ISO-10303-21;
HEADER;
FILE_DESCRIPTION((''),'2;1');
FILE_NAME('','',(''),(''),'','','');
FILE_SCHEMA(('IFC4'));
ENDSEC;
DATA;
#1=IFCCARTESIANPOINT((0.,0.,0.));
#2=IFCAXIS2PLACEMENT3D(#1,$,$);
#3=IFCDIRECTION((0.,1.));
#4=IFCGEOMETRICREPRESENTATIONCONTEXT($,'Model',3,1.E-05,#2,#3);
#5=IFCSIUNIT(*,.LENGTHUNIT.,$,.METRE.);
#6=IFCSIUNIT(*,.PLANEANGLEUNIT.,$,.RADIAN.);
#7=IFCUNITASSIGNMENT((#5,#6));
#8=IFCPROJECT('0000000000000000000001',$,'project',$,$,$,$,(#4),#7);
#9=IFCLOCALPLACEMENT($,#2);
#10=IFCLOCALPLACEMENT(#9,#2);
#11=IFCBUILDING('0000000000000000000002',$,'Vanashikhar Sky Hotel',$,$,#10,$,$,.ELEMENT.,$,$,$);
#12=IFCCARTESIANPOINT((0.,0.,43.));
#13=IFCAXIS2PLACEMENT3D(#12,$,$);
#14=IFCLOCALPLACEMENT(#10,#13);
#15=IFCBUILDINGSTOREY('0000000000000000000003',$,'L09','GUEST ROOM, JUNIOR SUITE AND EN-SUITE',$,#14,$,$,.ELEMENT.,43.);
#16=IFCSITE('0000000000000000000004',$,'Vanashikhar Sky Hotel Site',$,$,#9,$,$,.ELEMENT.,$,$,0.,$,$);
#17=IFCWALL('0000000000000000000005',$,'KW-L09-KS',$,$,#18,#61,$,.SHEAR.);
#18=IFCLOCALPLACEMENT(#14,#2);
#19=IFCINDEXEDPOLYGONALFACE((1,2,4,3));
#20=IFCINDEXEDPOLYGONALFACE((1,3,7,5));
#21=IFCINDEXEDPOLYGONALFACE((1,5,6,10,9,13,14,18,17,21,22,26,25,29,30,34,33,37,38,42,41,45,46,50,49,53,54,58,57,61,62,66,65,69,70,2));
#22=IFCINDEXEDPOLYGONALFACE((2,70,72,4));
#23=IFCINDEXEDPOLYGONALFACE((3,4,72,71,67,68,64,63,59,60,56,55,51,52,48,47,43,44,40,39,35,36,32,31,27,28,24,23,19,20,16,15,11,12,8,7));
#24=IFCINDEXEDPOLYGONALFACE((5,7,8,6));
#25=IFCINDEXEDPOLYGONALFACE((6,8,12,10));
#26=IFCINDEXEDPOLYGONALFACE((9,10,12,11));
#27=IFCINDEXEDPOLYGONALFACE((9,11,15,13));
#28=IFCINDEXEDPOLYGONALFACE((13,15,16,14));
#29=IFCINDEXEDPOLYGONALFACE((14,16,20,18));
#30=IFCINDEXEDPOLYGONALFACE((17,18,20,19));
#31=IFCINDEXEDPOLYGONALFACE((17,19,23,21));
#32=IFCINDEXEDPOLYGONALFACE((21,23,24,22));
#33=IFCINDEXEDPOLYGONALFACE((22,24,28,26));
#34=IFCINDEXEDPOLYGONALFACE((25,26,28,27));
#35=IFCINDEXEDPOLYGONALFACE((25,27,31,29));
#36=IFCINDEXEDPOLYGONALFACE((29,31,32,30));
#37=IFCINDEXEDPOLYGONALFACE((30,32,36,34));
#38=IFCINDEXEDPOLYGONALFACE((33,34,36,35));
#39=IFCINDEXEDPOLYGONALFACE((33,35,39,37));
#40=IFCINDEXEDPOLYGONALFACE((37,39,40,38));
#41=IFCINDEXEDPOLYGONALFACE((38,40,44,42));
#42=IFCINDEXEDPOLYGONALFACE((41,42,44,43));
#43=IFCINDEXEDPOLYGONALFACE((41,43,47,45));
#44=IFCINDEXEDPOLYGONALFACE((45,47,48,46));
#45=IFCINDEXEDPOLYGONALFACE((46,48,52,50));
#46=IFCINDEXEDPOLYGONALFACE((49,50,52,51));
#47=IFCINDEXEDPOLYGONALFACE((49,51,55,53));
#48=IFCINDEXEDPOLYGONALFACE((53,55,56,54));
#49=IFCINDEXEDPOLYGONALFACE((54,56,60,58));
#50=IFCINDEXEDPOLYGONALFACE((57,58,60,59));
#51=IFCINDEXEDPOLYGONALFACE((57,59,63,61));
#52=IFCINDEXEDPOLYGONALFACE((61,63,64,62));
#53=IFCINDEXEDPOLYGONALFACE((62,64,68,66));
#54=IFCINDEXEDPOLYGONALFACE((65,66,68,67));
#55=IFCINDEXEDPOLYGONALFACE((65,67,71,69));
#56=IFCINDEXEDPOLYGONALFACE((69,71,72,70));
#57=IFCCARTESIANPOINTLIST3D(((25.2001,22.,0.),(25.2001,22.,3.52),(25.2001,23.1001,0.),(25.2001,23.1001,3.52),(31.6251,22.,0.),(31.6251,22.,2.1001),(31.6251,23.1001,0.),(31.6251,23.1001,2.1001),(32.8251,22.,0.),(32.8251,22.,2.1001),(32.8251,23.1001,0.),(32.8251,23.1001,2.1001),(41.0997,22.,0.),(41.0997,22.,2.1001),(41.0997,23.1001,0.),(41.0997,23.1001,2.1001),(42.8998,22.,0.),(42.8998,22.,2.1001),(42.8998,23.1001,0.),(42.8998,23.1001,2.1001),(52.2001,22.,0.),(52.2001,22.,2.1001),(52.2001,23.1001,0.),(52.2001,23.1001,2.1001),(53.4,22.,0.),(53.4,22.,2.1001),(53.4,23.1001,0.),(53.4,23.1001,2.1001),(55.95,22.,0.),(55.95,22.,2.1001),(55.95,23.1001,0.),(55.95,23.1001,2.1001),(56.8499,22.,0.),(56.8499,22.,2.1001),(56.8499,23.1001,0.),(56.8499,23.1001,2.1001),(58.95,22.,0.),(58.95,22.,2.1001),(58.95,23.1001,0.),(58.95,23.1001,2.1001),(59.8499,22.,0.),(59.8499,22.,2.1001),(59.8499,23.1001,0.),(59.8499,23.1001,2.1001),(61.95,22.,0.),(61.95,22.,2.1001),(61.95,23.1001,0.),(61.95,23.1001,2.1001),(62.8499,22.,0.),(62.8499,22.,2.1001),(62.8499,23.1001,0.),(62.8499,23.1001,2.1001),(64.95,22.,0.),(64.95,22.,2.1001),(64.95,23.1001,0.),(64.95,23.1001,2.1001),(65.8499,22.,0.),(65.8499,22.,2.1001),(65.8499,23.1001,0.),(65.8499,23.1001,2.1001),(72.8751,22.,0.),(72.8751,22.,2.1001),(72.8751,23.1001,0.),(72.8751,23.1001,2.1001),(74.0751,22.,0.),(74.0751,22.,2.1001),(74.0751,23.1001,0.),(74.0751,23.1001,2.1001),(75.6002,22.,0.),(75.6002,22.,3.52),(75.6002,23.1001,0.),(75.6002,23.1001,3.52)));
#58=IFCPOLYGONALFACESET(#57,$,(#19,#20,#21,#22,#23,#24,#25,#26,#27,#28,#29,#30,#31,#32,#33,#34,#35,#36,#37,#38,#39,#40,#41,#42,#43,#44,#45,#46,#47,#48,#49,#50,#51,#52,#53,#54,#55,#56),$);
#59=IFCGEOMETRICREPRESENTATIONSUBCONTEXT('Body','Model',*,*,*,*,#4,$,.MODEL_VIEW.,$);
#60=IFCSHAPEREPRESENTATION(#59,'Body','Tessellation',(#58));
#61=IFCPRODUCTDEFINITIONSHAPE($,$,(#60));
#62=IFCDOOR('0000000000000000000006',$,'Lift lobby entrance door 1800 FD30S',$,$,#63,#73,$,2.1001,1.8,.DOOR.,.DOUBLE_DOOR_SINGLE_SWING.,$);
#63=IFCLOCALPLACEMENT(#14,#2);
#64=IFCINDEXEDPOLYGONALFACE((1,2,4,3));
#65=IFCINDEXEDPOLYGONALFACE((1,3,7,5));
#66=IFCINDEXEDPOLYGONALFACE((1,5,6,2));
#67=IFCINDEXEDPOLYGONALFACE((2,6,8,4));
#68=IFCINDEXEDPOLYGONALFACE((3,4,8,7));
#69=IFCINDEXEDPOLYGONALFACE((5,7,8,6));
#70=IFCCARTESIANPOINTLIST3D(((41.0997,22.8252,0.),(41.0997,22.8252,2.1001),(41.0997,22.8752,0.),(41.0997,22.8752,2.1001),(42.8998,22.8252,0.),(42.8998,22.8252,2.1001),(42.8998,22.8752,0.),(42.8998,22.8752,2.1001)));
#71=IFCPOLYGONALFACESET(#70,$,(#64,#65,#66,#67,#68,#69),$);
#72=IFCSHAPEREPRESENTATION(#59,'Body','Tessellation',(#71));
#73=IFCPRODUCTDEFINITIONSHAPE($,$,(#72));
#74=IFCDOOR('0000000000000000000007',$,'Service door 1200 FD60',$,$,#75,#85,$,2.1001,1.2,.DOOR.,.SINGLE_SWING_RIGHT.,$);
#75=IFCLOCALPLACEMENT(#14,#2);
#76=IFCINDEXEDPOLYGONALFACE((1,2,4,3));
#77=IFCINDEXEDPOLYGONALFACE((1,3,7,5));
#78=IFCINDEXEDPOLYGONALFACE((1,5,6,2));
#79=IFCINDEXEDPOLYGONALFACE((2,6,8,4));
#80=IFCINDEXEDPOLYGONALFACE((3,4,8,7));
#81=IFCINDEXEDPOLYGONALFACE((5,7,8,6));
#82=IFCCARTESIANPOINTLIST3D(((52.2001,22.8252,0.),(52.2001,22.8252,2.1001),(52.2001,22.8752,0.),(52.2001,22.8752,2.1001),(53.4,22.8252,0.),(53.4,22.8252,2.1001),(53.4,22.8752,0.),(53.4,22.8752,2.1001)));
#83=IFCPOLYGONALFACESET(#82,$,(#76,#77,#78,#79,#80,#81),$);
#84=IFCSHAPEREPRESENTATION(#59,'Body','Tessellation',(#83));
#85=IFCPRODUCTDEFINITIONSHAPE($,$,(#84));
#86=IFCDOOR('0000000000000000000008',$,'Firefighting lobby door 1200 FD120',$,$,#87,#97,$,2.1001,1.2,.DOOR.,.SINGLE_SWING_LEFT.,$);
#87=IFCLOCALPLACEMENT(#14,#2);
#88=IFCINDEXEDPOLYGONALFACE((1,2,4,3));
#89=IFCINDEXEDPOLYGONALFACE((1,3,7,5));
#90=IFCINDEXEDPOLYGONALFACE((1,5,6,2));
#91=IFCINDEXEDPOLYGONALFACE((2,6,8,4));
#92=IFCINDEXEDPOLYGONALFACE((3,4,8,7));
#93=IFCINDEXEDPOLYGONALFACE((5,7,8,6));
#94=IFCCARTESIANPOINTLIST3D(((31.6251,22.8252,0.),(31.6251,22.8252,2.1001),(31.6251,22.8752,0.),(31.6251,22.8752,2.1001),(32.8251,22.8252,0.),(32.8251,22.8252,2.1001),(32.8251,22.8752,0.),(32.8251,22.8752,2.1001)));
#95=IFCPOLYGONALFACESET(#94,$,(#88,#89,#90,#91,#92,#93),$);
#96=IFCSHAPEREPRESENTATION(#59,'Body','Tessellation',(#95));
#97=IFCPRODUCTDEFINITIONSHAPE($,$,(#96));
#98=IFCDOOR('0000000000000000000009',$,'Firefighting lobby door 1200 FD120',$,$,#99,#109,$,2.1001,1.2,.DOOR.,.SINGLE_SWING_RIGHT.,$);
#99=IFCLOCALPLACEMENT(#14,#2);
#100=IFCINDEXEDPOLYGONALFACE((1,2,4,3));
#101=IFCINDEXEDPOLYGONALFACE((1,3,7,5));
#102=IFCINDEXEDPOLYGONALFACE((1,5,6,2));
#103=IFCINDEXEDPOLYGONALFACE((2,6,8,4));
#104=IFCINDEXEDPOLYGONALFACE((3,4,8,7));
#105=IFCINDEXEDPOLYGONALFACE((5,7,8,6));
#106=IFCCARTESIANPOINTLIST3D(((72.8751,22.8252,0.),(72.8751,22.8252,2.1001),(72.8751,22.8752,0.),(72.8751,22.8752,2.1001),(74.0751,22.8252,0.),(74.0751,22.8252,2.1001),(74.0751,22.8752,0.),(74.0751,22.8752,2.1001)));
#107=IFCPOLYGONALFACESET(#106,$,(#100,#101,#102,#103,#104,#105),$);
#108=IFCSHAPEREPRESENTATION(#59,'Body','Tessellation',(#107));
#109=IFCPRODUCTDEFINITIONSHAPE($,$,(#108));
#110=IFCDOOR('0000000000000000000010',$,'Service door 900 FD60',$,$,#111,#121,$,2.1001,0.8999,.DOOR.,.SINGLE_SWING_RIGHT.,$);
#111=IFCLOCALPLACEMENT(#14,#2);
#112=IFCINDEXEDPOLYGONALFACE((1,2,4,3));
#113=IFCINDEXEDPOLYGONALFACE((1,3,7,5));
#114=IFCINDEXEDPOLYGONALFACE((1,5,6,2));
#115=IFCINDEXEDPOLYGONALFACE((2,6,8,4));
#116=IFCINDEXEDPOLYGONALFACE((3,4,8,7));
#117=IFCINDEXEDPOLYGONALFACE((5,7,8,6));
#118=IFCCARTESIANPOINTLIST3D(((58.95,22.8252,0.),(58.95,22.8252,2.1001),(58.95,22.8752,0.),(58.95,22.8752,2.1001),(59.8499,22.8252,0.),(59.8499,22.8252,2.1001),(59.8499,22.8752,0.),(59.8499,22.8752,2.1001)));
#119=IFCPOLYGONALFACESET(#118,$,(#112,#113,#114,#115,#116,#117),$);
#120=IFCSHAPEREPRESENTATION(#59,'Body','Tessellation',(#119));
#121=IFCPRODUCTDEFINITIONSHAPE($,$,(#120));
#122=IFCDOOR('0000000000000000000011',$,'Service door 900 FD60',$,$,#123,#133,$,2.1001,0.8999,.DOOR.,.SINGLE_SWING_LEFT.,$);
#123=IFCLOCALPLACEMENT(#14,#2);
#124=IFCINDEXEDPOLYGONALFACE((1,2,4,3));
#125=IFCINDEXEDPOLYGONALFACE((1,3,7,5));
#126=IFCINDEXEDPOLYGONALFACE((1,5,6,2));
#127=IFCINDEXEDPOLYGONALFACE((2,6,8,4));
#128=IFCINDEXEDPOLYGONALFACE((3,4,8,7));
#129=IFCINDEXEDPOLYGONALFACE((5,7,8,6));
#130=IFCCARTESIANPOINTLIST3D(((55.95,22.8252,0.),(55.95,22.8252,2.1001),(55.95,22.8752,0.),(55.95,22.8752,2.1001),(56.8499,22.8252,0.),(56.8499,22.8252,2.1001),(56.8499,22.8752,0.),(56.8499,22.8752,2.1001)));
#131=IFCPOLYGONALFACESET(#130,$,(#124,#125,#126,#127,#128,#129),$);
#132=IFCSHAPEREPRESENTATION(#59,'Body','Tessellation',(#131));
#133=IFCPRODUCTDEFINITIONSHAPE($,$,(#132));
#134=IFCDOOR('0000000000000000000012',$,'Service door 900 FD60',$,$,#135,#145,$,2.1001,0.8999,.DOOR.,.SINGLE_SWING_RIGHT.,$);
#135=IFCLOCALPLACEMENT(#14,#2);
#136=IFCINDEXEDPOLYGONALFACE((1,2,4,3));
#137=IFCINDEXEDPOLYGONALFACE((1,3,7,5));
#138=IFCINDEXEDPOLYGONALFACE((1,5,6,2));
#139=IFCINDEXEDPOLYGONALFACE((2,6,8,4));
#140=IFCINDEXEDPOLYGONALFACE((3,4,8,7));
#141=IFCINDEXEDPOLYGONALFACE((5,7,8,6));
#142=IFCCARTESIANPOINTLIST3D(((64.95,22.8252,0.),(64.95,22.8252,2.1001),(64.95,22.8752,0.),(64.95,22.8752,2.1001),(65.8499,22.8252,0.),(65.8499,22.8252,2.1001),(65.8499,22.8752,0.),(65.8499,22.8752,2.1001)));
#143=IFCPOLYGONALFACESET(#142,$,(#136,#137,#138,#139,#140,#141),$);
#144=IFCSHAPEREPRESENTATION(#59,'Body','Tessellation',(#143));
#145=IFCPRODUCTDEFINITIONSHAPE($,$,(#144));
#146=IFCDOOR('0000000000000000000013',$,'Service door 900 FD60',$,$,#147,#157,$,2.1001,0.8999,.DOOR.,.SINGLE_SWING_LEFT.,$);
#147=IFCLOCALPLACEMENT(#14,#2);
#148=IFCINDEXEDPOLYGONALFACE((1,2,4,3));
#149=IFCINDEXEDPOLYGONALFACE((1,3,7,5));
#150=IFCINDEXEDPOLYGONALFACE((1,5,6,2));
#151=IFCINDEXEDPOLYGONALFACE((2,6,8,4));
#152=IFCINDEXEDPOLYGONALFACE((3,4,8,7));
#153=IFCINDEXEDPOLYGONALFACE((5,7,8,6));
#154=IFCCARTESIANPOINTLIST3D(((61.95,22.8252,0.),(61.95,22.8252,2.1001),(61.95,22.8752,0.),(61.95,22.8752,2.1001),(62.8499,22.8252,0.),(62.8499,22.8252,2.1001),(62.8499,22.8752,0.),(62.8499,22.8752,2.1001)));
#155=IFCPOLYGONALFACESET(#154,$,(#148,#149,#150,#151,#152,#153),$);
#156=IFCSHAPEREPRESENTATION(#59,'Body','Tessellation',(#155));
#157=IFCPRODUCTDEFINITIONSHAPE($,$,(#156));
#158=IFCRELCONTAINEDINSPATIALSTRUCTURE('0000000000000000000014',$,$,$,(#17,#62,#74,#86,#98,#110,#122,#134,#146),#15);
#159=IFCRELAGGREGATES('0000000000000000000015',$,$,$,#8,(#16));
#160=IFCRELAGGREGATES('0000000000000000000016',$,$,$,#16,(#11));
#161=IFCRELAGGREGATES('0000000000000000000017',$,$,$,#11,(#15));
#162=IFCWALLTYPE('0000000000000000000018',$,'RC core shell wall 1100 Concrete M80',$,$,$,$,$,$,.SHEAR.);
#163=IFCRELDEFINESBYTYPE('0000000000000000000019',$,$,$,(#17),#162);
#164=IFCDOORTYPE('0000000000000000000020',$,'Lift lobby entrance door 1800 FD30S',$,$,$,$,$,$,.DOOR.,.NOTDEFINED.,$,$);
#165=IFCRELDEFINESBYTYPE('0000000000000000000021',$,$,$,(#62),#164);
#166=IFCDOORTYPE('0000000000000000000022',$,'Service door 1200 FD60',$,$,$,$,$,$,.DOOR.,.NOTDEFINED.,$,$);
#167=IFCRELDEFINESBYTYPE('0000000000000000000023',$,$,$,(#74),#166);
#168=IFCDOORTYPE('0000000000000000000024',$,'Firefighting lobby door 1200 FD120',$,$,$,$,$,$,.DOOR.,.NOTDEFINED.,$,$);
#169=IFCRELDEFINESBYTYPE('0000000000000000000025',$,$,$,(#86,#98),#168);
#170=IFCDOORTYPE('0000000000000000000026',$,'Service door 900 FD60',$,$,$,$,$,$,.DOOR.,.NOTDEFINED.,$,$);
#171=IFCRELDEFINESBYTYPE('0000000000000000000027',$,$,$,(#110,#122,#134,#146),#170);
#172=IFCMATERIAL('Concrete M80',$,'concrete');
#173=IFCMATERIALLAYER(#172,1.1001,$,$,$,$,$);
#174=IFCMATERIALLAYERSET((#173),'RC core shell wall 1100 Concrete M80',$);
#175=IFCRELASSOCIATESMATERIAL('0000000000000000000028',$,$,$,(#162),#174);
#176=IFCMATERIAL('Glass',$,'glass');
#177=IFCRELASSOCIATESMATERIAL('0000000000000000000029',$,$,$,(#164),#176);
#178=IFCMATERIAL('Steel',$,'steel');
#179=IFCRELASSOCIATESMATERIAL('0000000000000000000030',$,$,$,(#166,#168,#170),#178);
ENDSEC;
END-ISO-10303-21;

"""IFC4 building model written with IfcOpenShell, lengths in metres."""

from ifc_helpers import new_model, si_unit, direction, frame, frame_2d, origin, place, context, subcontext, project, spatial, rectangle, extrude, source, transform, mapped, material, layer, layer_set, type_object, element, fill, save


model = new_model("IFC4")

# Units and contexts
model_context = context("Model", 3, precision=1e-05, world=origin(), true_north=direction((0.0, 1.0)))
body_context = subcontext(model_context, "Body", "Model", "MODEL_VIEW")
ifc_project = project(units=[si_unit("LENGTHUNIT", "METRE"), si_unit("PLANEANGLEUNIT", "RADIAN")], contexts=[model_context])

# Site, building, storey
site_placement = place(None, origin())
site = spatial("IfcSite", under=ifc_project, at=site_placement, Name="Vanashikhar Sky Hotel Site", CompositionType="ELEMENT", RefElevation=0.0)
building_placement = place(site_placement, origin())
building = spatial("IfcBuilding", under=site, at=building_placement, Name="Vanashikhar Sky Hotel", CompositionType="ELEMENT")
storey_placement = place(building_placement, frame((0.0, 0.0, 43.0)))
storey = spatial("IfcBuildingStorey", under=building, at=storey_placement, Name="L09", Description="GUEST ROOM, JUNIOR SUITE AND EN-SUITE", CompositionType="ELEMENT", Elevation=43.0)

# Wall, openings, doors
ifc_material_1 = material(Name="Concrete M80", Category="concrete")
ifc_layer_1 = layer(ifc_material_1, 1.1001)
ifc_layer_set_1 = layer_set([ifc_layer_1], Name="RC core shell wall 1100 Concrete M80")
wall_type_1 = type_object("IfcWallType", Name="RC core shell wall 1100 Concrete M80", PredefinedType="SHEAR", material=ifc_layer_set_1)
shared_shape_1 = source(origin(), body_context, "Body", "SweptSolid", [
    extrude(rectangle(XDim=50.4001, YDim=1.1001, at=frame_2d((25.2002, 0.0))), origin(), (0.0, 0.0, 1.0), 3.52),
])
wall_1_placement = place(storey_placement, frame((25.2, 22.55, 0.0), z_axis=(0.0, 0.0, 1.0), x_axis=(1.0, 0.0, 0.0)))
wall_1 = element("IfcWall", 1, at=wall_1_placement, inside=storey, type_object=wall_type_1, Name="KW-L09-KS", PredefinedType="SHEAR", context=body_context, shape_type="MappedRepresentation", body=[
    mapped(shared_shape_1, transform((0.0, 0.0, 0.0), scale=1.0)),
])
shared_shape_2 = source(origin(), body_context, "Body", "SweptSolid", [
    extrude(rectangle(XDim=1.8, YDim=2.1001, at=frame_2d((0.8999, 1.05))), frame((0.0, 0.5601, 0.0), z_axis=(0.0, -1.0, 0.0), x_axis=(1.0, 0.0, 0.0)), (0.0, 0.0, 1.0), 1.1201),
])
opening_1_placement = place(wall_1_placement, frame((15.8999, 0.0, 0.0)))
opening_1 = element("IfcOpeningElement", 2, at=opening_1_placement, cuts=wall_1, PredefinedType="OPENING", context=body_context, shape_type="MappedRepresentation", body=[
    mapped(shared_shape_2, transform((0.0, 0.0, 0.0), scale=1.0)),
])
shared_shape_3 = source(origin(), body_context, "Body", "SweptSolid", [
    extrude(rectangle(XDim=1.2, YDim=2.1001, at=frame_2d((0.6001, 1.05))), frame((0.0, 0.5601, 0.0), z_axis=(0.0, -1.0, 0.0), x_axis=(1.0, 0.0, 0.0)), (0.0, 0.0, 1.0), 1.1201),
])
opening_2_placement = place(wall_1_placement, frame((27.0, 0.0, 0.0)))
opening_2 = element("IfcOpeningElement", 3, at=opening_2_placement, cuts=wall_1, PredefinedType="OPENING", context=body_context, shape_type="MappedRepresentation", body=[
    mapped(shared_shape_3, transform((0.0, 0.0, 0.0), scale=1.0)),
])
shared_shape_4 = source(origin(), body_context, "Body", "SweptSolid", [
    extrude(rectangle(XDim=0.8999, YDim=2.1001, at=frame_2d((0.45, 1.05))), frame((0.0, 0.5601, 0.0), z_axis=(0.0, -1.0, 0.0), x_axis=(1.0, 0.0, 0.0)), (0.0, 0.0, 1.0), 1.1201),
])
opening_3_placement = place(wall_1_placement, frame((33.75, 0.0, 0.0)))
opening_3 = element("IfcOpeningElement", 4, at=opening_3_placement, cuts=wall_1, PredefinedType="OPENING", context=body_context, shape_type="MappedRepresentation", body=[
    mapped(shared_shape_4, transform((0.0, 0.0, 0.0), scale=1.0)),
])
opening_4_placement = place(wall_1_placement, frame((30.75, 0.0, 0.0)))
opening_4 = element("IfcOpeningElement", 5, at=opening_4_placement, cuts=wall_1, PredefinedType="OPENING", context=body_context, shape_type="MappedRepresentation", body=[
    mapped(shared_shape_4, transform((0.0, 0.0, 0.0), scale=1.0)),
])
opening_5_placement = place(wall_1_placement, frame((39.75, 0.0, 0.0)))
opening_5 = element("IfcOpeningElement", 6, at=opening_5_placement, cuts=wall_1, PredefinedType="OPENING", context=body_context, shape_type="MappedRepresentation", body=[
    mapped(shared_shape_4, transform((0.0, 0.0, 0.0), scale=1.0)),
])
opening_6_placement = place(wall_1_placement, frame((36.75, 0.0, 0.0)))
opening_6 = element("IfcOpeningElement", 7, at=opening_6_placement, cuts=wall_1, PredefinedType="OPENING", context=body_context, shape_type="MappedRepresentation", body=[
    mapped(shared_shape_4, transform((0.0, 0.0, 0.0), scale=1.0)),
])
opening_7_placement = place(wall_1_placement, frame((6.425, 0.0, 0.0)))
opening_7 = element("IfcOpeningElement", 8, at=opening_7_placement, cuts=wall_1, PredefinedType="OPENING", context=body_context, shape_type="MappedRepresentation", body=[
    mapped(shared_shape_3, transform((0.0, 0.0, 0.0), scale=1.0)),
])
opening_8_placement = place(wall_1_placement, frame((47.675, 0.0, 0.0)))
opening_8 = element("IfcOpeningElement", 9, at=opening_8_placement, cuts=wall_1, PredefinedType="OPENING", context=body_context, shape_type="MappedRepresentation", body=[
    mapped(shared_shape_3, transform((0.0, 0.0, 0.0), scale=1.0)),
])
ifc_material_2 = material(Name="Glass", Category="glass")
door_type_1 = type_object("IfcDoorType", Name="Lift lobby entrance door 1800 FD30S", OperationType="NOTDEFINED", PredefinedType="DOOR", material=ifc_material_2)
shared_shape_5 = source(origin(), body_context, "Body", "SweptSolid", [
    extrude(rectangle(XDim=1.8, YDim=2.1001, at=frame_2d((0.8999, 1.05))), frame((0.0, 0.3252, 0.0), z_axis=(0.0, -1.0, 0.0), x_axis=(1.0, 0.0, 0.0)), (0.0, 0.0, 1.0), 0.05),
])
door_1_placement = place(opening_1_placement, origin())
door_1 = element("IfcDoor", 10, at=door_1_placement, inside=storey, type_object=door_type_1, Name="Lift lobby entrance door 1800 FD30S", OperationType="DOUBLE_DOOR_SINGLE_SWING", OverallHeight=2.1001, OverallWidth=1.8, PredefinedType="DOOR", context=body_context, shape_type="MappedRepresentation", body=[
    mapped(shared_shape_5, transform((0.0, 0.0, 0.0), scale=1.0)),
])
fill(opening_1, door_1)
ifc_material_3 = material(Name="Steel", Category="steel")
door_type_2 = type_object("IfcDoorType", Name="Service door 1200 FD60", OperationType="NOTDEFINED", PredefinedType="DOOR", material=ifc_material_3)
shared_shape_6 = source(origin(), body_context, "Body", "SweptSolid", [
    extrude(rectangle(XDim=1.2, YDim=2.1001, at=frame_2d((0.6001, 1.05))), frame((0.0, 0.3252, 0.0), z_axis=(0.0, -1.0, 0.0), x_axis=(1.0, 0.0, 0.0)), (0.0, 0.0, 1.0), 0.05),
])
door_2_placement = place(opening_2_placement, origin())
door_2 = element("IfcDoor", 11, at=door_2_placement, inside=storey, type_object=door_type_2, Name="Service door 1200 FD60", OperationType="SINGLE_SWING_RIGHT", OverallHeight=2.1001, OverallWidth=1.2, PredefinedType="DOOR", context=body_context, shape_type="MappedRepresentation", body=[
    mapped(shared_shape_6, transform((0.0, 0.0, 0.0), scale=1.0)),
])
fill(opening_2, door_2)
door_type_3 = type_object("IfcDoorType", Name="Firefighting lobby door 1200 FD120", OperationType="NOTDEFINED", PredefinedType="DOOR", material=ifc_material_3)
door_3_placement = place(opening_7_placement, origin())
door_3 = element("IfcDoor", 12, at=door_3_placement, inside=storey, type_object=door_type_3, Name="Firefighting lobby door 1200 FD120", OperationType="SINGLE_SWING_LEFT", OverallHeight=2.1001, OverallWidth=1.2, PredefinedType="DOOR", context=body_context, shape_type="MappedRepresentation", body=[
    mapped(shared_shape_6, transform((0.0, 0.0, 0.0), scale=1.0)),
])
fill(opening_7, door_3)
door_4_placement = place(opening_8_placement, origin())
door_4 = element("IfcDoor", 13, at=door_4_placement, inside=storey, type_object=door_type_3, Name="Firefighting lobby door 1200 FD120", OperationType="SINGLE_SWING_RIGHT", OverallHeight=2.1001, OverallWidth=1.2, PredefinedType="DOOR", context=body_context, shape_type="MappedRepresentation", body=[
    mapped(shared_shape_6, transform((0.0, 0.0, 0.0), scale=1.0)),
])
fill(opening_8, door_4)
door_type_4 = type_object("IfcDoorType", Name="Service door 900 FD60", OperationType="NOTDEFINED", PredefinedType="DOOR", material=ifc_material_3)
shared_shape_7 = source(origin(), body_context, "Body", "SweptSolid", [
    extrude(rectangle(XDim=0.8999, YDim=2.1001, at=frame_2d((0.45, 1.05))), frame((0.0, 0.3252, 0.0), z_axis=(0.0, -1.0, 0.0), x_axis=(1.0, 0.0, 0.0)), (0.0, 0.0, 1.0), 0.05),
])
door_5_placement = place(opening_3_placement, origin())
door_5 = element("IfcDoor", 14, at=door_5_placement, inside=storey, type_object=door_type_4, Name="Service door 900 FD60", OperationType="SINGLE_SWING_RIGHT", OverallHeight=2.1001, OverallWidth=0.8999, PredefinedType="DOOR", context=body_context, shape_type="MappedRepresentation", body=[
    mapped(shared_shape_7, transform((0.0, 0.0, 0.0), scale=1.0)),
])
fill(opening_3, door_5)
door_6_placement = place(opening_4_placement, origin())
door_6 = element("IfcDoor", 15, at=door_6_placement, inside=storey, type_object=door_type_4, Name="Service door 900 FD60", OperationType="SINGLE_SWING_LEFT", OverallHeight=2.1001, OverallWidth=0.8999, PredefinedType="DOOR", context=body_context, shape_type="MappedRepresentation", body=[
    mapped(shared_shape_7, transform((0.0, 0.0, 0.0), scale=1.0)),
])
fill(opening_4, door_6)
door_7_placement = place(opening_5_placement, origin())
door_7 = element("IfcDoor", 16, at=door_7_placement, inside=storey, type_object=door_type_4, Name="Service door 900 FD60", OperationType="SINGLE_SWING_RIGHT", OverallHeight=2.1001, OverallWidth=0.8999, PredefinedType="DOOR", context=body_context, shape_type="MappedRepresentation", body=[
    mapped(shared_shape_7, transform((0.0, 0.0, 0.0), scale=1.0)),
])
fill(opening_5, door_7)
door_8_placement = place(opening_6_placement, origin())
door_8 = element("IfcDoor", 17, at=door_8_placement, inside=storey, type_object=door_type_4, Name="Service door 900 FD60", OperationType="SINGLE_SWING_LEFT", OverallHeight=2.1001, OverallWidth=0.8999, PredefinedType="DOOR", context=body_context, shape_type="MappedRepresentation", body=[
    mapped(shared_shape_7, transform((0.0, 0.0, 0.0), scale=1.0)),
])
fill(opening_6, door_8)

save(model, "model.ifc")
